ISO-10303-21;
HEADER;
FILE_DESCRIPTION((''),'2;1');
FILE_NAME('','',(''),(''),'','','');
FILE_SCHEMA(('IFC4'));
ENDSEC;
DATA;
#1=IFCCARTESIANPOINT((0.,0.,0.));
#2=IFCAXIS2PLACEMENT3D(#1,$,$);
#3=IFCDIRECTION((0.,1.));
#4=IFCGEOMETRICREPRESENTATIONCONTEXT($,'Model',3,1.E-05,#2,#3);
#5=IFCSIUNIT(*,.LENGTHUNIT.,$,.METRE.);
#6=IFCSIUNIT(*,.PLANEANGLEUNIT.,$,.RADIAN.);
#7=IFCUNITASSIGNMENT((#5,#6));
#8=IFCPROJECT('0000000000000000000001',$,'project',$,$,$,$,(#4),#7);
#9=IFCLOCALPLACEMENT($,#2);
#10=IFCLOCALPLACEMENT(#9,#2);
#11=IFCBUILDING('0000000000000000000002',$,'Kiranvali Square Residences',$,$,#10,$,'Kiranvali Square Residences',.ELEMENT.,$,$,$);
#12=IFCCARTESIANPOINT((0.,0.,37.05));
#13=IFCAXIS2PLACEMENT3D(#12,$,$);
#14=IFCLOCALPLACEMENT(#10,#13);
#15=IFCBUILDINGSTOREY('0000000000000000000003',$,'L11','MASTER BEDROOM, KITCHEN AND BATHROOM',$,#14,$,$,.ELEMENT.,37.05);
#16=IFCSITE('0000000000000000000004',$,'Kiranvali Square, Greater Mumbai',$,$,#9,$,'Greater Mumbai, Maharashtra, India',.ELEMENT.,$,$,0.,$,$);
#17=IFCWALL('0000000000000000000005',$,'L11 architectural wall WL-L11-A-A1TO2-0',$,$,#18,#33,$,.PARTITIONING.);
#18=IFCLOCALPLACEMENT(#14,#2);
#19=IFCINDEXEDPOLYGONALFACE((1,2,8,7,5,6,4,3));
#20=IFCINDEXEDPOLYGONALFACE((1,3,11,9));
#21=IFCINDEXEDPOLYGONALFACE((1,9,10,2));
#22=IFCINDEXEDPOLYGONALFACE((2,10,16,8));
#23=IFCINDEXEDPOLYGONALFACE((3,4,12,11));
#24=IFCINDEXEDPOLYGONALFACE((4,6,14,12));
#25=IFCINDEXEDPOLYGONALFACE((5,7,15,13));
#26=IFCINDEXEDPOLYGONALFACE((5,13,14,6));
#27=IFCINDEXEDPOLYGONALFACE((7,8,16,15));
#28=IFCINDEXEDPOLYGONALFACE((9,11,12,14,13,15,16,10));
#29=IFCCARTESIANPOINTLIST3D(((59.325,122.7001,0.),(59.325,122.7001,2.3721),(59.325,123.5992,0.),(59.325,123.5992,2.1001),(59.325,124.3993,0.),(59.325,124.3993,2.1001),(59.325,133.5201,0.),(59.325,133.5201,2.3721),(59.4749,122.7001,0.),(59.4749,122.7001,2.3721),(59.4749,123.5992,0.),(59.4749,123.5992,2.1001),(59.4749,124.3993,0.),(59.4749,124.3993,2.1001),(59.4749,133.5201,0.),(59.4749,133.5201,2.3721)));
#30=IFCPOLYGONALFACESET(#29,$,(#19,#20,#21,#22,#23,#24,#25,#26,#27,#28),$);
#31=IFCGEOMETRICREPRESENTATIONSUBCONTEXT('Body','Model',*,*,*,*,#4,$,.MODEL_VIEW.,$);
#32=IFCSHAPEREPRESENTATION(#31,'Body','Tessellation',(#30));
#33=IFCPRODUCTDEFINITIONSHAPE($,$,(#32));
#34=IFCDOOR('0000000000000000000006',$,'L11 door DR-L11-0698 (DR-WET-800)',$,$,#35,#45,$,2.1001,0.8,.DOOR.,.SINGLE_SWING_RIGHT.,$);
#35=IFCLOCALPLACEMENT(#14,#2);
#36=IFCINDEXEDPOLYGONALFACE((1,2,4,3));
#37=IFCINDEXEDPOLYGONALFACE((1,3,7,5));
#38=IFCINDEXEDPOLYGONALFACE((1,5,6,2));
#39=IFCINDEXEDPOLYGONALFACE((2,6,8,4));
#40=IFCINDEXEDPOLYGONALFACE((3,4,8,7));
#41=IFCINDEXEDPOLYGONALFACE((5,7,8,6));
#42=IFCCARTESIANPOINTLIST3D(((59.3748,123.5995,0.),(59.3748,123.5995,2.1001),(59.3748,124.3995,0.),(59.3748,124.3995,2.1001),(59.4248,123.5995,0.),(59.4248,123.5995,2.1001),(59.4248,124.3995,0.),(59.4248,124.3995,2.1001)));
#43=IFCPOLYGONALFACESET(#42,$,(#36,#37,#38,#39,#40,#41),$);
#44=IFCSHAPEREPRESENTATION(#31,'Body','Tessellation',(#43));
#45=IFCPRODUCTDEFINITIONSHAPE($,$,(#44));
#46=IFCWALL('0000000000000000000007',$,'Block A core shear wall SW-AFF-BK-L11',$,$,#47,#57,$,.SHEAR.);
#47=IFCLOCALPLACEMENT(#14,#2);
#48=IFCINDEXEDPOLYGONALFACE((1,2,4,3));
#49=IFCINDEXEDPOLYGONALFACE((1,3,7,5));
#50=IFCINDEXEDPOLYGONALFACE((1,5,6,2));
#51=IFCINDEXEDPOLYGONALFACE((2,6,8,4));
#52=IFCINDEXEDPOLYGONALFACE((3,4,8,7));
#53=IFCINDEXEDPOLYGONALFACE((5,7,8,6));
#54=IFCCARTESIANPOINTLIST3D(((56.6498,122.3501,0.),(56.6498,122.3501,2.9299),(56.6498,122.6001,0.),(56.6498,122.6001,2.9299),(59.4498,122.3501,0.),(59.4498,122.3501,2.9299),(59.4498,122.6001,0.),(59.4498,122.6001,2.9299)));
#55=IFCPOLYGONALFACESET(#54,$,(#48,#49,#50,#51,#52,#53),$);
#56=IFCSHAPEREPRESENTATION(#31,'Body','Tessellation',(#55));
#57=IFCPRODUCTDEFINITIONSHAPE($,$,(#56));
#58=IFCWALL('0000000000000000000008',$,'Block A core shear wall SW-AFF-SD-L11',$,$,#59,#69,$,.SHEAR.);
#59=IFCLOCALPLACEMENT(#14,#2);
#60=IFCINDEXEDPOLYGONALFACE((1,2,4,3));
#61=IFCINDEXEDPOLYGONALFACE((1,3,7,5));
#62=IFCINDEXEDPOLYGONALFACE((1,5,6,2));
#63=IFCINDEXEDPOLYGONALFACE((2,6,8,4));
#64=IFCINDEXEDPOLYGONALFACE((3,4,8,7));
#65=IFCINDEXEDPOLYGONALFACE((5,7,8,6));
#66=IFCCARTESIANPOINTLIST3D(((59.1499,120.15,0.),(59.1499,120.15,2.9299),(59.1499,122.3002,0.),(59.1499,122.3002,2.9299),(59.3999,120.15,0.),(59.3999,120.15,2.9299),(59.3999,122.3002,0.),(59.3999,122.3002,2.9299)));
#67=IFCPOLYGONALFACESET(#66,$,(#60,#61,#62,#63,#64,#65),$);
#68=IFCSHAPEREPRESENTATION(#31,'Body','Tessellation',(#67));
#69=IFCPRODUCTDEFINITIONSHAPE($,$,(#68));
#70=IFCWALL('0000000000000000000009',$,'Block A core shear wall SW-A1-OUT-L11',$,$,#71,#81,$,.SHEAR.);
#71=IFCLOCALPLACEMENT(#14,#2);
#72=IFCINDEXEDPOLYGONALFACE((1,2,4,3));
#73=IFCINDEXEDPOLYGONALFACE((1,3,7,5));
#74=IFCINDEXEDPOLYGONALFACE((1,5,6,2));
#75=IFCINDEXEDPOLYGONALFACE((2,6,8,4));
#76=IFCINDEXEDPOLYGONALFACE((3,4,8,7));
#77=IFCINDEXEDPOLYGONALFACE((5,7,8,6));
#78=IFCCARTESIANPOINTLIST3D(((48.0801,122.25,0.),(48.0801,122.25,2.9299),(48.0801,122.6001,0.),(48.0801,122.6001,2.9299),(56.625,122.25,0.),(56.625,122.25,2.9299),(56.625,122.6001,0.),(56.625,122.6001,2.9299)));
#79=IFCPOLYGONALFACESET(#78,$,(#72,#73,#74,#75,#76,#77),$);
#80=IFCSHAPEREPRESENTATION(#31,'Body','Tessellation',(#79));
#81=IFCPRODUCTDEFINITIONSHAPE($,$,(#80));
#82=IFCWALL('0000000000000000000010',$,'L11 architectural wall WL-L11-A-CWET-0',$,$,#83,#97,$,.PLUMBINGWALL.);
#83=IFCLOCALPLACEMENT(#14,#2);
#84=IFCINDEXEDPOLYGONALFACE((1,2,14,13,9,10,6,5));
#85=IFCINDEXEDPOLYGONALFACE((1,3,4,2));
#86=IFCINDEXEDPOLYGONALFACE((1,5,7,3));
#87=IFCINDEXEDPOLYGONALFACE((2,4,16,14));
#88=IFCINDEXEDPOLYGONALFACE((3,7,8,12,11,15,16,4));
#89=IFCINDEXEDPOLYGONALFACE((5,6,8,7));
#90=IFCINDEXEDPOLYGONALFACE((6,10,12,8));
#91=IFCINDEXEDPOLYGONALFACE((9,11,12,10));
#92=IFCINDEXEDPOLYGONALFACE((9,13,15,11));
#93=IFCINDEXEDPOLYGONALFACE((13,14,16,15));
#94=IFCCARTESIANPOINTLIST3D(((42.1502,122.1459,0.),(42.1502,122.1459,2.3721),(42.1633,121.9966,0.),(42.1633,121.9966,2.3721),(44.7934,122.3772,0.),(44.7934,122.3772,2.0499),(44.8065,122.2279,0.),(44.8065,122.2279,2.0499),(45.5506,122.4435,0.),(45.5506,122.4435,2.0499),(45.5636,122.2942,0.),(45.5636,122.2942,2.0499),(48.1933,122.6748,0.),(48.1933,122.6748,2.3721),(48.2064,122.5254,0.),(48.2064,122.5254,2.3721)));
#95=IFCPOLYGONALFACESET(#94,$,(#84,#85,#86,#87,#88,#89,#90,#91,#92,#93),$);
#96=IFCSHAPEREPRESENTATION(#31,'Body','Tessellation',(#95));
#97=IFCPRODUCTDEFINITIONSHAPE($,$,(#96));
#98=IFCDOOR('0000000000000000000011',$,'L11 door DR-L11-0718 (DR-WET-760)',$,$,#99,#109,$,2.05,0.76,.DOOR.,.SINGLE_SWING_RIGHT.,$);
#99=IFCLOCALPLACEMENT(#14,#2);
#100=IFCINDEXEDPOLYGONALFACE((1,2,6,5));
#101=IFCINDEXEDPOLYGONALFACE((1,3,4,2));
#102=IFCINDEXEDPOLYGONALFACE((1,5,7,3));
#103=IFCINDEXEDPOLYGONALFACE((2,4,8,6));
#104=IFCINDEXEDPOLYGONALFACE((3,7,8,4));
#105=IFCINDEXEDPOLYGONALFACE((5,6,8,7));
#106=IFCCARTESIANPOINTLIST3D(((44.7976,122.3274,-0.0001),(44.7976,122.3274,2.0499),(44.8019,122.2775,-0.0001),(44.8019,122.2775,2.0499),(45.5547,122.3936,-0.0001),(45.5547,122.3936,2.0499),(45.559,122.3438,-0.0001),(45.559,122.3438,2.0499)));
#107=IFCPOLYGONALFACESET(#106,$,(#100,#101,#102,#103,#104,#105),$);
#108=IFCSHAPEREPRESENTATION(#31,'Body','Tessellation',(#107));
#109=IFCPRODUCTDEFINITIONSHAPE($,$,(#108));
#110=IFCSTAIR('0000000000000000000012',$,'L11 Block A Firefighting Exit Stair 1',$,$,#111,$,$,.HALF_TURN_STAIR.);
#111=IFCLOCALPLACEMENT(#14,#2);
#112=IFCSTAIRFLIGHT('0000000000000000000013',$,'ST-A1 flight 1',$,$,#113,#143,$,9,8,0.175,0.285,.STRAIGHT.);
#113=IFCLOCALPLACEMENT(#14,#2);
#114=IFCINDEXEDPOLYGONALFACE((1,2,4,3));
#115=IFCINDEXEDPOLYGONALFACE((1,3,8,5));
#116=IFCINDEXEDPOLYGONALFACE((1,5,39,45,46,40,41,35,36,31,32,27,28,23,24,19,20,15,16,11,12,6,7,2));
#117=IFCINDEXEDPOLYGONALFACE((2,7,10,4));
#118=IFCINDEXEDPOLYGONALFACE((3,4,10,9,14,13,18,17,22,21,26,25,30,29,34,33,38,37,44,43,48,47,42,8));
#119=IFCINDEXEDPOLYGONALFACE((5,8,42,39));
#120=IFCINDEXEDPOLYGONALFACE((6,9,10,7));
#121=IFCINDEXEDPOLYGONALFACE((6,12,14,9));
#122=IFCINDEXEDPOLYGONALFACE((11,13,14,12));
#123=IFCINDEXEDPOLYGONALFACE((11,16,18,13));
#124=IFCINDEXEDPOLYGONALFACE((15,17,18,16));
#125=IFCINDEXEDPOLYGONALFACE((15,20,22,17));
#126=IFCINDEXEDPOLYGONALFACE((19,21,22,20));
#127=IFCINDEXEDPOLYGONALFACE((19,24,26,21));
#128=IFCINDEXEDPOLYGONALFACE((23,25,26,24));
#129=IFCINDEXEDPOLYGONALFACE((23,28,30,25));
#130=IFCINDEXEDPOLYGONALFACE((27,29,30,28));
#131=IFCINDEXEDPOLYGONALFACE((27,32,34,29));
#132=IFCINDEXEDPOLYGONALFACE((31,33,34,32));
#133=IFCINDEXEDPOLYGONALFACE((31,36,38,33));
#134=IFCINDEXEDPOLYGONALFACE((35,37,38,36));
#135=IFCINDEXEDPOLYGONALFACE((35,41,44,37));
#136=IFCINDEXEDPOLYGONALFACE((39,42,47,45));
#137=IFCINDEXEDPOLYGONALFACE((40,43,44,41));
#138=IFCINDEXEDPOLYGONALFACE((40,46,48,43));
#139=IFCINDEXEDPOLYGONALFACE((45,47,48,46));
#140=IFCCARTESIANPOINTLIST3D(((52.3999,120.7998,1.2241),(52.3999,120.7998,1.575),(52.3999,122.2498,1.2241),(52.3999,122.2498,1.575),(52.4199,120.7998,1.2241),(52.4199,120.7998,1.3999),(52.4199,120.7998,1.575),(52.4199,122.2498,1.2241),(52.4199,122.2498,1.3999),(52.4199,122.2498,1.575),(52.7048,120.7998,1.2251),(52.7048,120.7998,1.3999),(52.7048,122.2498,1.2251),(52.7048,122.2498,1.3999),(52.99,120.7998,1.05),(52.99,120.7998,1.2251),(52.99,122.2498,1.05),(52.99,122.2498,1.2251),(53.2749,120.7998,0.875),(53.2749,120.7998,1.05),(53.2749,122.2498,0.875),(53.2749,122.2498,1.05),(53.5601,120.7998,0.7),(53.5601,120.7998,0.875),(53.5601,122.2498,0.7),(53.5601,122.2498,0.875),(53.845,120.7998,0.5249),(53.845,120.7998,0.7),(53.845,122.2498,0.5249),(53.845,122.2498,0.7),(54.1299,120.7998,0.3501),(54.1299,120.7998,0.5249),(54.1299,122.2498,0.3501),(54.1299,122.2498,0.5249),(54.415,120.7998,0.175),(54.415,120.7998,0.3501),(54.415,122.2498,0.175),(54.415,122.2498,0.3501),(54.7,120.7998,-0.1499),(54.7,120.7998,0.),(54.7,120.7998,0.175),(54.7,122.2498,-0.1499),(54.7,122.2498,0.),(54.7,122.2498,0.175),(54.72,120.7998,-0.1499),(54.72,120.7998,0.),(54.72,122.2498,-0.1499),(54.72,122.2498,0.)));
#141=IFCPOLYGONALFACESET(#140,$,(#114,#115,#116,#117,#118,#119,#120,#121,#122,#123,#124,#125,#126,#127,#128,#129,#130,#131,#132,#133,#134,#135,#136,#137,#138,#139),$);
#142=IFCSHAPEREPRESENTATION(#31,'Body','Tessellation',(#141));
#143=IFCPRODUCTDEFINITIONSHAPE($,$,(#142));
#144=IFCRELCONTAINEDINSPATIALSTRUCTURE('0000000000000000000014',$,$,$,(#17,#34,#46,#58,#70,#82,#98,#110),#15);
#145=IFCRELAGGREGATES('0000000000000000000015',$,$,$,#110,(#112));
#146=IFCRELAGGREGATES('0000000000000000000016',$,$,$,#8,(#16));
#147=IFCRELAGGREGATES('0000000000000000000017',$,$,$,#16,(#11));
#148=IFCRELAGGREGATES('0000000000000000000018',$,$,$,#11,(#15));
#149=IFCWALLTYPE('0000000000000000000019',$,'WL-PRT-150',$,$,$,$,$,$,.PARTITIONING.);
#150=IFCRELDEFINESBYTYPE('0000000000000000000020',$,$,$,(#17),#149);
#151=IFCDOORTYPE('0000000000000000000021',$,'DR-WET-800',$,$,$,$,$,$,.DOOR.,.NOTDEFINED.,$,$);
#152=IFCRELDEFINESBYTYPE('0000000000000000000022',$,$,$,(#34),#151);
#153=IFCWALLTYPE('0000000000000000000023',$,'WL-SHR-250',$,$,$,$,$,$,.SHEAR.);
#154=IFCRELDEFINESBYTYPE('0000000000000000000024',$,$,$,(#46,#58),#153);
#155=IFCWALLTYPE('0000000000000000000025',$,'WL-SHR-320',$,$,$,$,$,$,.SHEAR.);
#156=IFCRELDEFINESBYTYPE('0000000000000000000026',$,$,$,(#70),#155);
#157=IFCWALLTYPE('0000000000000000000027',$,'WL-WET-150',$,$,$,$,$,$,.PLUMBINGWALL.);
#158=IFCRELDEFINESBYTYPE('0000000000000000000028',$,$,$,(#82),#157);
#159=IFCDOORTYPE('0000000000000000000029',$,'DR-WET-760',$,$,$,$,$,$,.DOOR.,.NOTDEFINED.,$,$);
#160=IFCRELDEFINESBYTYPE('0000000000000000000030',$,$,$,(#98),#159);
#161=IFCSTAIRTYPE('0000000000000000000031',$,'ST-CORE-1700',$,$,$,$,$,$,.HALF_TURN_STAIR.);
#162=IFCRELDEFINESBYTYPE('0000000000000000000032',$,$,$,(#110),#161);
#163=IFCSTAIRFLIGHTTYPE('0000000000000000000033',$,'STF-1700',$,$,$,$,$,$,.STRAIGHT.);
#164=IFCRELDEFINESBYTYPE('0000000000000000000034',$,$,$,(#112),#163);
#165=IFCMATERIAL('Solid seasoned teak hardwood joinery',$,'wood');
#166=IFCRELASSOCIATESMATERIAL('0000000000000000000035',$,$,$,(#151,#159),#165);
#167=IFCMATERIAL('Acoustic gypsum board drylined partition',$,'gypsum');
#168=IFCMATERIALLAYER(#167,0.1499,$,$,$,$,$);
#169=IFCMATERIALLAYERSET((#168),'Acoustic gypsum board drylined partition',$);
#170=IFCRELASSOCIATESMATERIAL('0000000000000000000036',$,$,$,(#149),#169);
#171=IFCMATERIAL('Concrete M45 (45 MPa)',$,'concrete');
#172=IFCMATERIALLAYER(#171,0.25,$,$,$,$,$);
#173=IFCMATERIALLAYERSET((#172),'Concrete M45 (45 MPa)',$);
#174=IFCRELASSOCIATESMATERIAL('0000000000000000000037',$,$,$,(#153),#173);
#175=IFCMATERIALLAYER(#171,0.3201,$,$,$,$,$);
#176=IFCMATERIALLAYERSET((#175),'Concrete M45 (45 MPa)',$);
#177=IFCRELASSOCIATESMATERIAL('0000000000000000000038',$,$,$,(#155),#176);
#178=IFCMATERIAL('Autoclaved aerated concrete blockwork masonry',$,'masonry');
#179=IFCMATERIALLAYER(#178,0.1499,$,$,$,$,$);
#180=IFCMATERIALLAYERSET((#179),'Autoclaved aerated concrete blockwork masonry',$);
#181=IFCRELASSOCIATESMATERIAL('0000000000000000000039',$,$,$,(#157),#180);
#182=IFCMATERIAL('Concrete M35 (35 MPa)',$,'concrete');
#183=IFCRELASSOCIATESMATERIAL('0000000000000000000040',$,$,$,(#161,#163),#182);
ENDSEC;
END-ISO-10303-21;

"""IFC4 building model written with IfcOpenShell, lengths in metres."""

from ifc_helpers import new_model, si_unit, direction, frame, frame_2d, origin, place, context, subcontext, project, spatial, polyline, rectangle, outline, extrude, material, layer, layer_set, type_object, element, fill, aggregate, save


model = new_model("IFC4")

# Units and contexts
model_context = context("Model", 3, precision=1e-05, world=origin(), true_north=direction((0.0, 1.0)))
body_context = subcontext(model_context, "Body", "Model", "MODEL_VIEW")
ifc_project = project(units=[si_unit("LENGTHUNIT", "METRE"), si_unit("PLANEANGLEUNIT", "RADIAN")], contexts=[model_context])

# Site, building, storey
site_placement = place(None, origin())
site = spatial("IfcSite", under=ifc_project, at=site_placement, Name="Kiranvali Square, Greater Mumbai", LongName="Greater Mumbai, Maharashtra, India", CompositionType="ELEMENT", RefElevation=0.0)
building_placement = place(site_placement, origin())
building = spatial("IfcBuilding", under=site, at=building_placement, Name="Kiranvali Square Residences", LongName="Kiranvali Square Residences", CompositionType="ELEMENT")
storey_placement = place(building_placement, frame((0.0, 0.0, 37.05)))
storey = spatial("IfcBuildingStorey", under=building, at=storey_placement, Name="L11", Description="MASTER BEDROOM, KITCHEN AND BATHROOM", CompositionType="ELEMENT", Elevation=37.05)

# Shared definitions
ifc_material_1 = material(Name="Concrete M45 (45 MPa)", Category="concrete")

# Wall, opening, door
ifc_material_2 = material(Name="Autoclaved aerated concrete blockwork masonry", Category="masonry")
ifc_material_3 = material(Name="Acoustic gypsum board drylined partition", Category="gypsum")
ifc_material_4 = material(Name="Solid seasoned teak hardwood joinery", Category="wood")
door_type_1 = type_object("IfcDoorType", Name="DR-WET-800", OperationType="NOTDEFINED", PredefinedType="DOOR", material=ifc_material_4)
ifc_layer_1 = layer(ifc_material_3, 0.1499)
ifc_layer_set_1 = layer_set([ifc_layer_1], Name="Acoustic gypsum board drylined partition")
wall_type_1 = type_object("IfcWallType", Name="WL-PRT-150", PredefinedType="PARTITIONING", material=ifc_layer_set_1)
wall_1_placement = place(storey_placement, frame((59.3999, 122.7, 0.0), z_axis=(0.0, 0.0, 1.0), x_axis=(0.0, 1.0, 0.0)))
wall_1 = element("IfcWall", 1, at=wall_1_placement, inside=storey, type_object=wall_type_1, Name="L11 architectural wall WL-L11-A-A1TO2-0", PredefinedType="PARTITIONING", context=body_context, shape_type="SweptSolid", body=[
    extrude(rectangle(XDim=10.8201, YDim=0.1499, at=frame_2d((5.4102, 0.0))), origin(), (0.0, 0.0, 1.0), 2.3721),
])
opening_1_placement = place(wall_1_placement, frame((0.8994, 0.0, 0.0)))
opening_1 = element("IfcOpeningElement", 2, at=opening_1_placement, cuts=wall_1, PredefinedType="OPENING", context=body_context, shape_type="SweptSolid", body=[
    extrude(rectangle(XDim=0.8, YDim=2.1001, at=frame_2d((0.3999, 1.05))), frame((0.0, 0.085, 0.0), z_axis=(0.0, -1.0, 0.0), x_axis=(1.0, 0.0, 0.0)), (0.0, 0.0, 1.0), 0.1699),
])
door_1_placement = place(opening_1_placement, frame((0.8, 0.0, 0.0), z_axis=(0.0, 0.0, 1.0), x_axis=(-1.0, 0.0, 0.0)))
door_1 = element("IfcDoor", 3, at=door_1_placement, inside=storey, type_object=door_type_1, Name="L11 door DR-L11-0698 (DR-WET-800)", OperationType="SINGLE_SWING_RIGHT", OverallHeight=2.1001, OverallWidth=0.8, PredefinedType="DOOR", context=body_context, shape_type="SweptSolid", body=[
    extrude(rectangle(XDim=0.8, YDim=2.1001, at=frame_2d((0.3999, 1.05))), frame((0.0, 0.0249, 0.0), z_axis=(0.0, -1.0, 0.0), x_axis=(1.0, 0.0, 0.0)), (0.0, 0.0, 1.0), 0.05),
])
fill(opening_1, door_1)

# Walls
ifc_layer_2 = layer(ifc_material_1, 0.25)
ifc_layer_set_2 = layer_set([ifc_layer_2], Name="Concrete M45 (45 MPa)")
wall_type_2 = type_object("IfcWallType", Name="WL-SHR-250", PredefinedType="SHEAR", material=ifc_layer_set_2)
wall_2_placement = place(storey_placement, frame((56.6499, 122.4751, 0.0), z_axis=(0.0, 0.0, 1.0), x_axis=(1.0, 0.0, 0.0)))
element("IfcWall", 4, at=wall_2_placement, inside=storey, type_object=wall_type_2, Name="Block A core shear wall SW-AFF-BK-L11", PredefinedType="SHEAR", context=body_context, shape_type="SweptSolid", body=[
    extrude(rectangle(XDim=2.8, YDim=0.25, at=frame_2d((1.3999, 0.0))), origin(), (0.0, 0.0, 1.0), 2.9299),
])
wall_3_placement = place(storey_placement, frame((59.2749, 120.1499, 0.0), z_axis=(0.0, 0.0, 1.0), x_axis=(0.0, 1.0, 0.0)))
element("IfcWall", 5, at=wall_3_placement, inside=storey, type_object=wall_type_2, Name="Block A core shear wall SW-AFF-SD-L11", PredefinedType="SHEAR", context=body_context, shape_type="SweptSolid", body=[
    extrude(rectangle(XDim=2.1501, YDim=0.25, at=frame_2d((1.0752, 0.0))), origin(), (0.0, 0.0, 1.0), 2.9299),
])
ifc_layer_3 = layer(ifc_material_1, 0.3201)
ifc_layer_set_3 = layer_set([ifc_layer_3], Name="Concrete M45 (45 MPa)")
wall_type_3 = type_object("IfcWallType", Name="WL-SHR-320", PredefinedType="SHEAR", material=ifc_layer_set_3)
wall_4_placement = place(storey_placement, frame((48.0801, 122.425, 0.0), z_axis=(0.0, 0.0, 1.0), x_axis=(1.0, 0.0, 0.0)))
element("IfcWall", 6, at=wall_4_placement, inside=storey, type_object=wall_type_3, Name="Block A core shear wall SW-A1-OUT-L11", PredefinedType="SHEAR", context=body_context, shape_type="SweptSolid", body=[
    extrude(rectangle(XDim=8.5449, YDim=0.3501, at=frame_2d((4.2725, 0.0))), origin(), (0.0, 0.0, 1.0), 2.9299),
])

# Wall, opening, door
ifc_layer_4 = layer(ifc_material_2, 0.1499)
ifc_layer_set_4 = layer_set([ifc_layer_4], Name="Autoclaved aerated concrete blockwork masonry")
wall_type_4 = type_object("IfcWallType", Name="WL-WET-150", PredefinedType="PLUMBINGWALL", material=ifc_layer_set_4)
wall_5_placement = place(storey_placement, frame((48.2, 122.6001, 0.0), z_axis=(0.0, 0.0, 1.0), x_axis=(-0.996193, -0.087175, 0.0)))
wall_5 = element("IfcWall", 7, at=wall_5_placement, inside=storey, type_object=wall_type_4, Name="L11 architectural wall WL-L11-A-CWET-0", PredefinedType="PLUMBINGWALL", context=body_context, shape_type="SweptSolid", body=[
    extrude(rectangle(XDim=6.0662, YDim=0.1499, at=frame_2d((3.0332, 0.0))), origin(), (0.0, 0.0, 1.0), 2.3721),
])
opening_2_placement = place(wall_5_placement, frame((2.6531, 0.0, 0.0)))
opening_2 = element("IfcOpeningElement", 8, at=opening_2_placement, cuts=wall_5, PredefinedType="OPENING", context=body_context, shape_type="SweptSolid", body=[
    extrude(rectangle(XDim=0.76, YDim=2.05, at=frame_2d((0.3799, 1.0249))), frame((0.0, 0.085, 0.0), z_axis=(0.0, -1.0, 0.0), x_axis=(1.0, 0.0, 0.0)), (0.0, 0.0, 1.0), 0.1699),
])
door_type_2 = type_object("IfcDoorType", Name="DR-WET-760", OperationType="NOTDEFINED", PredefinedType="DOOR", material=ifc_material_4)
door_2_placement = place(opening_2_placement, frame((0.76, 0.0, 0.0), z_axis=(0.0, 0.0, 1.0), x_axis=(-1.0, 0.0, 0.0)))
door_2 = element("IfcDoor", 9, at=door_2_placement, inside=storey, type_object=door_type_2, Name="L11 door DR-L11-0718 (DR-WET-760)", OperationType="SINGLE_SWING_RIGHT", OverallHeight=2.05, OverallWidth=0.76, PredefinedType="DOOR", context=body_context, shape_type="SweptSolid", body=[
    extrude(rectangle(XDim=0.76, YDim=2.05, at=frame_2d((0.3799, 1.0249))), frame((0.0, 0.0249, 0.0), z_axis=(0.0, -1.0, 0.0), x_axis=(1.0, 0.0, 0.0)), (0.0, 0.0, 1.0), 0.05),
])
fill(opening_2, door_2)

# Stair, stair flight
ifc_material_5 = material(Name="Concrete M35 (35 MPa)", Category="concrete")
stair_type = type_object("IfcStairType", Name="ST-CORE-1700", PredefinedType="HALF_TURN_STAIR", material=ifc_material_5)
stair_placement = place(storey_placement, origin())
stair = element("IfcStair", 10, at=stair_placement, inside=storey, type_object=stair_type, Name="L11 Block A Firefighting Exit Stair 1", PredefinedType="HALF_TURN_STAIR")
stair_flight_type = type_object("IfcStairFlightType", Name="STF-1700", PredefinedType="STRAIGHT", material=ifc_material_5)
stair_flight_placement = place(storey_placement, frame((54.7, 121.5249, 0.0), z_axis=(0.0, 0.0, 1.0), x_axis=(-1.0, 0.0, 0.0)))
stair_flight = element("IfcStairFlight", 11, at=stair_flight_placement, type_object=stair_flight_type, Name="ST-A1 flight 1", NumberOfRisers=9, NumberOfTreads=8, PredefinedType="STRAIGHT", RiserHeight=0.175, TreadLength=0.285, context=body_context, shape_type="SweptSolid", body=[
    extrude(outline(polyline([(-0.02, -0.1499), (-0.02, 0.0), (0.0, 0.0), (0.0, 0.175), (0.2849, 0.175), (0.2849, 0.3501), (0.5701, 0.3501), (0.5701, 0.5249), (0.855, 0.5249), (0.855, 0.7), (1.1399, 0.7), (1.1399, 0.875), (1.425, 0.875), (1.425, 1.05), (1.71, 1.05), (1.71, 1.2251), (1.9951, 1.2251), (1.9951, 1.3999), (2.28, 1.3999), (2.28, 1.575), (2.3, 1.575), (2.3, 1.2241), (2.28, 1.2241), (0.0, -0.1499), (-0.02, -0.1499)])), frame((0.0, 0.7251, 0.0), z_axis=(0.0, -1.0, 0.0), x_axis=(1.0, 0.0, 0.0)), (0.0, 0.0, 1.0), 1.45),
])
aggregate(stair, [stair_flight])

save(model, "model.ifc")
